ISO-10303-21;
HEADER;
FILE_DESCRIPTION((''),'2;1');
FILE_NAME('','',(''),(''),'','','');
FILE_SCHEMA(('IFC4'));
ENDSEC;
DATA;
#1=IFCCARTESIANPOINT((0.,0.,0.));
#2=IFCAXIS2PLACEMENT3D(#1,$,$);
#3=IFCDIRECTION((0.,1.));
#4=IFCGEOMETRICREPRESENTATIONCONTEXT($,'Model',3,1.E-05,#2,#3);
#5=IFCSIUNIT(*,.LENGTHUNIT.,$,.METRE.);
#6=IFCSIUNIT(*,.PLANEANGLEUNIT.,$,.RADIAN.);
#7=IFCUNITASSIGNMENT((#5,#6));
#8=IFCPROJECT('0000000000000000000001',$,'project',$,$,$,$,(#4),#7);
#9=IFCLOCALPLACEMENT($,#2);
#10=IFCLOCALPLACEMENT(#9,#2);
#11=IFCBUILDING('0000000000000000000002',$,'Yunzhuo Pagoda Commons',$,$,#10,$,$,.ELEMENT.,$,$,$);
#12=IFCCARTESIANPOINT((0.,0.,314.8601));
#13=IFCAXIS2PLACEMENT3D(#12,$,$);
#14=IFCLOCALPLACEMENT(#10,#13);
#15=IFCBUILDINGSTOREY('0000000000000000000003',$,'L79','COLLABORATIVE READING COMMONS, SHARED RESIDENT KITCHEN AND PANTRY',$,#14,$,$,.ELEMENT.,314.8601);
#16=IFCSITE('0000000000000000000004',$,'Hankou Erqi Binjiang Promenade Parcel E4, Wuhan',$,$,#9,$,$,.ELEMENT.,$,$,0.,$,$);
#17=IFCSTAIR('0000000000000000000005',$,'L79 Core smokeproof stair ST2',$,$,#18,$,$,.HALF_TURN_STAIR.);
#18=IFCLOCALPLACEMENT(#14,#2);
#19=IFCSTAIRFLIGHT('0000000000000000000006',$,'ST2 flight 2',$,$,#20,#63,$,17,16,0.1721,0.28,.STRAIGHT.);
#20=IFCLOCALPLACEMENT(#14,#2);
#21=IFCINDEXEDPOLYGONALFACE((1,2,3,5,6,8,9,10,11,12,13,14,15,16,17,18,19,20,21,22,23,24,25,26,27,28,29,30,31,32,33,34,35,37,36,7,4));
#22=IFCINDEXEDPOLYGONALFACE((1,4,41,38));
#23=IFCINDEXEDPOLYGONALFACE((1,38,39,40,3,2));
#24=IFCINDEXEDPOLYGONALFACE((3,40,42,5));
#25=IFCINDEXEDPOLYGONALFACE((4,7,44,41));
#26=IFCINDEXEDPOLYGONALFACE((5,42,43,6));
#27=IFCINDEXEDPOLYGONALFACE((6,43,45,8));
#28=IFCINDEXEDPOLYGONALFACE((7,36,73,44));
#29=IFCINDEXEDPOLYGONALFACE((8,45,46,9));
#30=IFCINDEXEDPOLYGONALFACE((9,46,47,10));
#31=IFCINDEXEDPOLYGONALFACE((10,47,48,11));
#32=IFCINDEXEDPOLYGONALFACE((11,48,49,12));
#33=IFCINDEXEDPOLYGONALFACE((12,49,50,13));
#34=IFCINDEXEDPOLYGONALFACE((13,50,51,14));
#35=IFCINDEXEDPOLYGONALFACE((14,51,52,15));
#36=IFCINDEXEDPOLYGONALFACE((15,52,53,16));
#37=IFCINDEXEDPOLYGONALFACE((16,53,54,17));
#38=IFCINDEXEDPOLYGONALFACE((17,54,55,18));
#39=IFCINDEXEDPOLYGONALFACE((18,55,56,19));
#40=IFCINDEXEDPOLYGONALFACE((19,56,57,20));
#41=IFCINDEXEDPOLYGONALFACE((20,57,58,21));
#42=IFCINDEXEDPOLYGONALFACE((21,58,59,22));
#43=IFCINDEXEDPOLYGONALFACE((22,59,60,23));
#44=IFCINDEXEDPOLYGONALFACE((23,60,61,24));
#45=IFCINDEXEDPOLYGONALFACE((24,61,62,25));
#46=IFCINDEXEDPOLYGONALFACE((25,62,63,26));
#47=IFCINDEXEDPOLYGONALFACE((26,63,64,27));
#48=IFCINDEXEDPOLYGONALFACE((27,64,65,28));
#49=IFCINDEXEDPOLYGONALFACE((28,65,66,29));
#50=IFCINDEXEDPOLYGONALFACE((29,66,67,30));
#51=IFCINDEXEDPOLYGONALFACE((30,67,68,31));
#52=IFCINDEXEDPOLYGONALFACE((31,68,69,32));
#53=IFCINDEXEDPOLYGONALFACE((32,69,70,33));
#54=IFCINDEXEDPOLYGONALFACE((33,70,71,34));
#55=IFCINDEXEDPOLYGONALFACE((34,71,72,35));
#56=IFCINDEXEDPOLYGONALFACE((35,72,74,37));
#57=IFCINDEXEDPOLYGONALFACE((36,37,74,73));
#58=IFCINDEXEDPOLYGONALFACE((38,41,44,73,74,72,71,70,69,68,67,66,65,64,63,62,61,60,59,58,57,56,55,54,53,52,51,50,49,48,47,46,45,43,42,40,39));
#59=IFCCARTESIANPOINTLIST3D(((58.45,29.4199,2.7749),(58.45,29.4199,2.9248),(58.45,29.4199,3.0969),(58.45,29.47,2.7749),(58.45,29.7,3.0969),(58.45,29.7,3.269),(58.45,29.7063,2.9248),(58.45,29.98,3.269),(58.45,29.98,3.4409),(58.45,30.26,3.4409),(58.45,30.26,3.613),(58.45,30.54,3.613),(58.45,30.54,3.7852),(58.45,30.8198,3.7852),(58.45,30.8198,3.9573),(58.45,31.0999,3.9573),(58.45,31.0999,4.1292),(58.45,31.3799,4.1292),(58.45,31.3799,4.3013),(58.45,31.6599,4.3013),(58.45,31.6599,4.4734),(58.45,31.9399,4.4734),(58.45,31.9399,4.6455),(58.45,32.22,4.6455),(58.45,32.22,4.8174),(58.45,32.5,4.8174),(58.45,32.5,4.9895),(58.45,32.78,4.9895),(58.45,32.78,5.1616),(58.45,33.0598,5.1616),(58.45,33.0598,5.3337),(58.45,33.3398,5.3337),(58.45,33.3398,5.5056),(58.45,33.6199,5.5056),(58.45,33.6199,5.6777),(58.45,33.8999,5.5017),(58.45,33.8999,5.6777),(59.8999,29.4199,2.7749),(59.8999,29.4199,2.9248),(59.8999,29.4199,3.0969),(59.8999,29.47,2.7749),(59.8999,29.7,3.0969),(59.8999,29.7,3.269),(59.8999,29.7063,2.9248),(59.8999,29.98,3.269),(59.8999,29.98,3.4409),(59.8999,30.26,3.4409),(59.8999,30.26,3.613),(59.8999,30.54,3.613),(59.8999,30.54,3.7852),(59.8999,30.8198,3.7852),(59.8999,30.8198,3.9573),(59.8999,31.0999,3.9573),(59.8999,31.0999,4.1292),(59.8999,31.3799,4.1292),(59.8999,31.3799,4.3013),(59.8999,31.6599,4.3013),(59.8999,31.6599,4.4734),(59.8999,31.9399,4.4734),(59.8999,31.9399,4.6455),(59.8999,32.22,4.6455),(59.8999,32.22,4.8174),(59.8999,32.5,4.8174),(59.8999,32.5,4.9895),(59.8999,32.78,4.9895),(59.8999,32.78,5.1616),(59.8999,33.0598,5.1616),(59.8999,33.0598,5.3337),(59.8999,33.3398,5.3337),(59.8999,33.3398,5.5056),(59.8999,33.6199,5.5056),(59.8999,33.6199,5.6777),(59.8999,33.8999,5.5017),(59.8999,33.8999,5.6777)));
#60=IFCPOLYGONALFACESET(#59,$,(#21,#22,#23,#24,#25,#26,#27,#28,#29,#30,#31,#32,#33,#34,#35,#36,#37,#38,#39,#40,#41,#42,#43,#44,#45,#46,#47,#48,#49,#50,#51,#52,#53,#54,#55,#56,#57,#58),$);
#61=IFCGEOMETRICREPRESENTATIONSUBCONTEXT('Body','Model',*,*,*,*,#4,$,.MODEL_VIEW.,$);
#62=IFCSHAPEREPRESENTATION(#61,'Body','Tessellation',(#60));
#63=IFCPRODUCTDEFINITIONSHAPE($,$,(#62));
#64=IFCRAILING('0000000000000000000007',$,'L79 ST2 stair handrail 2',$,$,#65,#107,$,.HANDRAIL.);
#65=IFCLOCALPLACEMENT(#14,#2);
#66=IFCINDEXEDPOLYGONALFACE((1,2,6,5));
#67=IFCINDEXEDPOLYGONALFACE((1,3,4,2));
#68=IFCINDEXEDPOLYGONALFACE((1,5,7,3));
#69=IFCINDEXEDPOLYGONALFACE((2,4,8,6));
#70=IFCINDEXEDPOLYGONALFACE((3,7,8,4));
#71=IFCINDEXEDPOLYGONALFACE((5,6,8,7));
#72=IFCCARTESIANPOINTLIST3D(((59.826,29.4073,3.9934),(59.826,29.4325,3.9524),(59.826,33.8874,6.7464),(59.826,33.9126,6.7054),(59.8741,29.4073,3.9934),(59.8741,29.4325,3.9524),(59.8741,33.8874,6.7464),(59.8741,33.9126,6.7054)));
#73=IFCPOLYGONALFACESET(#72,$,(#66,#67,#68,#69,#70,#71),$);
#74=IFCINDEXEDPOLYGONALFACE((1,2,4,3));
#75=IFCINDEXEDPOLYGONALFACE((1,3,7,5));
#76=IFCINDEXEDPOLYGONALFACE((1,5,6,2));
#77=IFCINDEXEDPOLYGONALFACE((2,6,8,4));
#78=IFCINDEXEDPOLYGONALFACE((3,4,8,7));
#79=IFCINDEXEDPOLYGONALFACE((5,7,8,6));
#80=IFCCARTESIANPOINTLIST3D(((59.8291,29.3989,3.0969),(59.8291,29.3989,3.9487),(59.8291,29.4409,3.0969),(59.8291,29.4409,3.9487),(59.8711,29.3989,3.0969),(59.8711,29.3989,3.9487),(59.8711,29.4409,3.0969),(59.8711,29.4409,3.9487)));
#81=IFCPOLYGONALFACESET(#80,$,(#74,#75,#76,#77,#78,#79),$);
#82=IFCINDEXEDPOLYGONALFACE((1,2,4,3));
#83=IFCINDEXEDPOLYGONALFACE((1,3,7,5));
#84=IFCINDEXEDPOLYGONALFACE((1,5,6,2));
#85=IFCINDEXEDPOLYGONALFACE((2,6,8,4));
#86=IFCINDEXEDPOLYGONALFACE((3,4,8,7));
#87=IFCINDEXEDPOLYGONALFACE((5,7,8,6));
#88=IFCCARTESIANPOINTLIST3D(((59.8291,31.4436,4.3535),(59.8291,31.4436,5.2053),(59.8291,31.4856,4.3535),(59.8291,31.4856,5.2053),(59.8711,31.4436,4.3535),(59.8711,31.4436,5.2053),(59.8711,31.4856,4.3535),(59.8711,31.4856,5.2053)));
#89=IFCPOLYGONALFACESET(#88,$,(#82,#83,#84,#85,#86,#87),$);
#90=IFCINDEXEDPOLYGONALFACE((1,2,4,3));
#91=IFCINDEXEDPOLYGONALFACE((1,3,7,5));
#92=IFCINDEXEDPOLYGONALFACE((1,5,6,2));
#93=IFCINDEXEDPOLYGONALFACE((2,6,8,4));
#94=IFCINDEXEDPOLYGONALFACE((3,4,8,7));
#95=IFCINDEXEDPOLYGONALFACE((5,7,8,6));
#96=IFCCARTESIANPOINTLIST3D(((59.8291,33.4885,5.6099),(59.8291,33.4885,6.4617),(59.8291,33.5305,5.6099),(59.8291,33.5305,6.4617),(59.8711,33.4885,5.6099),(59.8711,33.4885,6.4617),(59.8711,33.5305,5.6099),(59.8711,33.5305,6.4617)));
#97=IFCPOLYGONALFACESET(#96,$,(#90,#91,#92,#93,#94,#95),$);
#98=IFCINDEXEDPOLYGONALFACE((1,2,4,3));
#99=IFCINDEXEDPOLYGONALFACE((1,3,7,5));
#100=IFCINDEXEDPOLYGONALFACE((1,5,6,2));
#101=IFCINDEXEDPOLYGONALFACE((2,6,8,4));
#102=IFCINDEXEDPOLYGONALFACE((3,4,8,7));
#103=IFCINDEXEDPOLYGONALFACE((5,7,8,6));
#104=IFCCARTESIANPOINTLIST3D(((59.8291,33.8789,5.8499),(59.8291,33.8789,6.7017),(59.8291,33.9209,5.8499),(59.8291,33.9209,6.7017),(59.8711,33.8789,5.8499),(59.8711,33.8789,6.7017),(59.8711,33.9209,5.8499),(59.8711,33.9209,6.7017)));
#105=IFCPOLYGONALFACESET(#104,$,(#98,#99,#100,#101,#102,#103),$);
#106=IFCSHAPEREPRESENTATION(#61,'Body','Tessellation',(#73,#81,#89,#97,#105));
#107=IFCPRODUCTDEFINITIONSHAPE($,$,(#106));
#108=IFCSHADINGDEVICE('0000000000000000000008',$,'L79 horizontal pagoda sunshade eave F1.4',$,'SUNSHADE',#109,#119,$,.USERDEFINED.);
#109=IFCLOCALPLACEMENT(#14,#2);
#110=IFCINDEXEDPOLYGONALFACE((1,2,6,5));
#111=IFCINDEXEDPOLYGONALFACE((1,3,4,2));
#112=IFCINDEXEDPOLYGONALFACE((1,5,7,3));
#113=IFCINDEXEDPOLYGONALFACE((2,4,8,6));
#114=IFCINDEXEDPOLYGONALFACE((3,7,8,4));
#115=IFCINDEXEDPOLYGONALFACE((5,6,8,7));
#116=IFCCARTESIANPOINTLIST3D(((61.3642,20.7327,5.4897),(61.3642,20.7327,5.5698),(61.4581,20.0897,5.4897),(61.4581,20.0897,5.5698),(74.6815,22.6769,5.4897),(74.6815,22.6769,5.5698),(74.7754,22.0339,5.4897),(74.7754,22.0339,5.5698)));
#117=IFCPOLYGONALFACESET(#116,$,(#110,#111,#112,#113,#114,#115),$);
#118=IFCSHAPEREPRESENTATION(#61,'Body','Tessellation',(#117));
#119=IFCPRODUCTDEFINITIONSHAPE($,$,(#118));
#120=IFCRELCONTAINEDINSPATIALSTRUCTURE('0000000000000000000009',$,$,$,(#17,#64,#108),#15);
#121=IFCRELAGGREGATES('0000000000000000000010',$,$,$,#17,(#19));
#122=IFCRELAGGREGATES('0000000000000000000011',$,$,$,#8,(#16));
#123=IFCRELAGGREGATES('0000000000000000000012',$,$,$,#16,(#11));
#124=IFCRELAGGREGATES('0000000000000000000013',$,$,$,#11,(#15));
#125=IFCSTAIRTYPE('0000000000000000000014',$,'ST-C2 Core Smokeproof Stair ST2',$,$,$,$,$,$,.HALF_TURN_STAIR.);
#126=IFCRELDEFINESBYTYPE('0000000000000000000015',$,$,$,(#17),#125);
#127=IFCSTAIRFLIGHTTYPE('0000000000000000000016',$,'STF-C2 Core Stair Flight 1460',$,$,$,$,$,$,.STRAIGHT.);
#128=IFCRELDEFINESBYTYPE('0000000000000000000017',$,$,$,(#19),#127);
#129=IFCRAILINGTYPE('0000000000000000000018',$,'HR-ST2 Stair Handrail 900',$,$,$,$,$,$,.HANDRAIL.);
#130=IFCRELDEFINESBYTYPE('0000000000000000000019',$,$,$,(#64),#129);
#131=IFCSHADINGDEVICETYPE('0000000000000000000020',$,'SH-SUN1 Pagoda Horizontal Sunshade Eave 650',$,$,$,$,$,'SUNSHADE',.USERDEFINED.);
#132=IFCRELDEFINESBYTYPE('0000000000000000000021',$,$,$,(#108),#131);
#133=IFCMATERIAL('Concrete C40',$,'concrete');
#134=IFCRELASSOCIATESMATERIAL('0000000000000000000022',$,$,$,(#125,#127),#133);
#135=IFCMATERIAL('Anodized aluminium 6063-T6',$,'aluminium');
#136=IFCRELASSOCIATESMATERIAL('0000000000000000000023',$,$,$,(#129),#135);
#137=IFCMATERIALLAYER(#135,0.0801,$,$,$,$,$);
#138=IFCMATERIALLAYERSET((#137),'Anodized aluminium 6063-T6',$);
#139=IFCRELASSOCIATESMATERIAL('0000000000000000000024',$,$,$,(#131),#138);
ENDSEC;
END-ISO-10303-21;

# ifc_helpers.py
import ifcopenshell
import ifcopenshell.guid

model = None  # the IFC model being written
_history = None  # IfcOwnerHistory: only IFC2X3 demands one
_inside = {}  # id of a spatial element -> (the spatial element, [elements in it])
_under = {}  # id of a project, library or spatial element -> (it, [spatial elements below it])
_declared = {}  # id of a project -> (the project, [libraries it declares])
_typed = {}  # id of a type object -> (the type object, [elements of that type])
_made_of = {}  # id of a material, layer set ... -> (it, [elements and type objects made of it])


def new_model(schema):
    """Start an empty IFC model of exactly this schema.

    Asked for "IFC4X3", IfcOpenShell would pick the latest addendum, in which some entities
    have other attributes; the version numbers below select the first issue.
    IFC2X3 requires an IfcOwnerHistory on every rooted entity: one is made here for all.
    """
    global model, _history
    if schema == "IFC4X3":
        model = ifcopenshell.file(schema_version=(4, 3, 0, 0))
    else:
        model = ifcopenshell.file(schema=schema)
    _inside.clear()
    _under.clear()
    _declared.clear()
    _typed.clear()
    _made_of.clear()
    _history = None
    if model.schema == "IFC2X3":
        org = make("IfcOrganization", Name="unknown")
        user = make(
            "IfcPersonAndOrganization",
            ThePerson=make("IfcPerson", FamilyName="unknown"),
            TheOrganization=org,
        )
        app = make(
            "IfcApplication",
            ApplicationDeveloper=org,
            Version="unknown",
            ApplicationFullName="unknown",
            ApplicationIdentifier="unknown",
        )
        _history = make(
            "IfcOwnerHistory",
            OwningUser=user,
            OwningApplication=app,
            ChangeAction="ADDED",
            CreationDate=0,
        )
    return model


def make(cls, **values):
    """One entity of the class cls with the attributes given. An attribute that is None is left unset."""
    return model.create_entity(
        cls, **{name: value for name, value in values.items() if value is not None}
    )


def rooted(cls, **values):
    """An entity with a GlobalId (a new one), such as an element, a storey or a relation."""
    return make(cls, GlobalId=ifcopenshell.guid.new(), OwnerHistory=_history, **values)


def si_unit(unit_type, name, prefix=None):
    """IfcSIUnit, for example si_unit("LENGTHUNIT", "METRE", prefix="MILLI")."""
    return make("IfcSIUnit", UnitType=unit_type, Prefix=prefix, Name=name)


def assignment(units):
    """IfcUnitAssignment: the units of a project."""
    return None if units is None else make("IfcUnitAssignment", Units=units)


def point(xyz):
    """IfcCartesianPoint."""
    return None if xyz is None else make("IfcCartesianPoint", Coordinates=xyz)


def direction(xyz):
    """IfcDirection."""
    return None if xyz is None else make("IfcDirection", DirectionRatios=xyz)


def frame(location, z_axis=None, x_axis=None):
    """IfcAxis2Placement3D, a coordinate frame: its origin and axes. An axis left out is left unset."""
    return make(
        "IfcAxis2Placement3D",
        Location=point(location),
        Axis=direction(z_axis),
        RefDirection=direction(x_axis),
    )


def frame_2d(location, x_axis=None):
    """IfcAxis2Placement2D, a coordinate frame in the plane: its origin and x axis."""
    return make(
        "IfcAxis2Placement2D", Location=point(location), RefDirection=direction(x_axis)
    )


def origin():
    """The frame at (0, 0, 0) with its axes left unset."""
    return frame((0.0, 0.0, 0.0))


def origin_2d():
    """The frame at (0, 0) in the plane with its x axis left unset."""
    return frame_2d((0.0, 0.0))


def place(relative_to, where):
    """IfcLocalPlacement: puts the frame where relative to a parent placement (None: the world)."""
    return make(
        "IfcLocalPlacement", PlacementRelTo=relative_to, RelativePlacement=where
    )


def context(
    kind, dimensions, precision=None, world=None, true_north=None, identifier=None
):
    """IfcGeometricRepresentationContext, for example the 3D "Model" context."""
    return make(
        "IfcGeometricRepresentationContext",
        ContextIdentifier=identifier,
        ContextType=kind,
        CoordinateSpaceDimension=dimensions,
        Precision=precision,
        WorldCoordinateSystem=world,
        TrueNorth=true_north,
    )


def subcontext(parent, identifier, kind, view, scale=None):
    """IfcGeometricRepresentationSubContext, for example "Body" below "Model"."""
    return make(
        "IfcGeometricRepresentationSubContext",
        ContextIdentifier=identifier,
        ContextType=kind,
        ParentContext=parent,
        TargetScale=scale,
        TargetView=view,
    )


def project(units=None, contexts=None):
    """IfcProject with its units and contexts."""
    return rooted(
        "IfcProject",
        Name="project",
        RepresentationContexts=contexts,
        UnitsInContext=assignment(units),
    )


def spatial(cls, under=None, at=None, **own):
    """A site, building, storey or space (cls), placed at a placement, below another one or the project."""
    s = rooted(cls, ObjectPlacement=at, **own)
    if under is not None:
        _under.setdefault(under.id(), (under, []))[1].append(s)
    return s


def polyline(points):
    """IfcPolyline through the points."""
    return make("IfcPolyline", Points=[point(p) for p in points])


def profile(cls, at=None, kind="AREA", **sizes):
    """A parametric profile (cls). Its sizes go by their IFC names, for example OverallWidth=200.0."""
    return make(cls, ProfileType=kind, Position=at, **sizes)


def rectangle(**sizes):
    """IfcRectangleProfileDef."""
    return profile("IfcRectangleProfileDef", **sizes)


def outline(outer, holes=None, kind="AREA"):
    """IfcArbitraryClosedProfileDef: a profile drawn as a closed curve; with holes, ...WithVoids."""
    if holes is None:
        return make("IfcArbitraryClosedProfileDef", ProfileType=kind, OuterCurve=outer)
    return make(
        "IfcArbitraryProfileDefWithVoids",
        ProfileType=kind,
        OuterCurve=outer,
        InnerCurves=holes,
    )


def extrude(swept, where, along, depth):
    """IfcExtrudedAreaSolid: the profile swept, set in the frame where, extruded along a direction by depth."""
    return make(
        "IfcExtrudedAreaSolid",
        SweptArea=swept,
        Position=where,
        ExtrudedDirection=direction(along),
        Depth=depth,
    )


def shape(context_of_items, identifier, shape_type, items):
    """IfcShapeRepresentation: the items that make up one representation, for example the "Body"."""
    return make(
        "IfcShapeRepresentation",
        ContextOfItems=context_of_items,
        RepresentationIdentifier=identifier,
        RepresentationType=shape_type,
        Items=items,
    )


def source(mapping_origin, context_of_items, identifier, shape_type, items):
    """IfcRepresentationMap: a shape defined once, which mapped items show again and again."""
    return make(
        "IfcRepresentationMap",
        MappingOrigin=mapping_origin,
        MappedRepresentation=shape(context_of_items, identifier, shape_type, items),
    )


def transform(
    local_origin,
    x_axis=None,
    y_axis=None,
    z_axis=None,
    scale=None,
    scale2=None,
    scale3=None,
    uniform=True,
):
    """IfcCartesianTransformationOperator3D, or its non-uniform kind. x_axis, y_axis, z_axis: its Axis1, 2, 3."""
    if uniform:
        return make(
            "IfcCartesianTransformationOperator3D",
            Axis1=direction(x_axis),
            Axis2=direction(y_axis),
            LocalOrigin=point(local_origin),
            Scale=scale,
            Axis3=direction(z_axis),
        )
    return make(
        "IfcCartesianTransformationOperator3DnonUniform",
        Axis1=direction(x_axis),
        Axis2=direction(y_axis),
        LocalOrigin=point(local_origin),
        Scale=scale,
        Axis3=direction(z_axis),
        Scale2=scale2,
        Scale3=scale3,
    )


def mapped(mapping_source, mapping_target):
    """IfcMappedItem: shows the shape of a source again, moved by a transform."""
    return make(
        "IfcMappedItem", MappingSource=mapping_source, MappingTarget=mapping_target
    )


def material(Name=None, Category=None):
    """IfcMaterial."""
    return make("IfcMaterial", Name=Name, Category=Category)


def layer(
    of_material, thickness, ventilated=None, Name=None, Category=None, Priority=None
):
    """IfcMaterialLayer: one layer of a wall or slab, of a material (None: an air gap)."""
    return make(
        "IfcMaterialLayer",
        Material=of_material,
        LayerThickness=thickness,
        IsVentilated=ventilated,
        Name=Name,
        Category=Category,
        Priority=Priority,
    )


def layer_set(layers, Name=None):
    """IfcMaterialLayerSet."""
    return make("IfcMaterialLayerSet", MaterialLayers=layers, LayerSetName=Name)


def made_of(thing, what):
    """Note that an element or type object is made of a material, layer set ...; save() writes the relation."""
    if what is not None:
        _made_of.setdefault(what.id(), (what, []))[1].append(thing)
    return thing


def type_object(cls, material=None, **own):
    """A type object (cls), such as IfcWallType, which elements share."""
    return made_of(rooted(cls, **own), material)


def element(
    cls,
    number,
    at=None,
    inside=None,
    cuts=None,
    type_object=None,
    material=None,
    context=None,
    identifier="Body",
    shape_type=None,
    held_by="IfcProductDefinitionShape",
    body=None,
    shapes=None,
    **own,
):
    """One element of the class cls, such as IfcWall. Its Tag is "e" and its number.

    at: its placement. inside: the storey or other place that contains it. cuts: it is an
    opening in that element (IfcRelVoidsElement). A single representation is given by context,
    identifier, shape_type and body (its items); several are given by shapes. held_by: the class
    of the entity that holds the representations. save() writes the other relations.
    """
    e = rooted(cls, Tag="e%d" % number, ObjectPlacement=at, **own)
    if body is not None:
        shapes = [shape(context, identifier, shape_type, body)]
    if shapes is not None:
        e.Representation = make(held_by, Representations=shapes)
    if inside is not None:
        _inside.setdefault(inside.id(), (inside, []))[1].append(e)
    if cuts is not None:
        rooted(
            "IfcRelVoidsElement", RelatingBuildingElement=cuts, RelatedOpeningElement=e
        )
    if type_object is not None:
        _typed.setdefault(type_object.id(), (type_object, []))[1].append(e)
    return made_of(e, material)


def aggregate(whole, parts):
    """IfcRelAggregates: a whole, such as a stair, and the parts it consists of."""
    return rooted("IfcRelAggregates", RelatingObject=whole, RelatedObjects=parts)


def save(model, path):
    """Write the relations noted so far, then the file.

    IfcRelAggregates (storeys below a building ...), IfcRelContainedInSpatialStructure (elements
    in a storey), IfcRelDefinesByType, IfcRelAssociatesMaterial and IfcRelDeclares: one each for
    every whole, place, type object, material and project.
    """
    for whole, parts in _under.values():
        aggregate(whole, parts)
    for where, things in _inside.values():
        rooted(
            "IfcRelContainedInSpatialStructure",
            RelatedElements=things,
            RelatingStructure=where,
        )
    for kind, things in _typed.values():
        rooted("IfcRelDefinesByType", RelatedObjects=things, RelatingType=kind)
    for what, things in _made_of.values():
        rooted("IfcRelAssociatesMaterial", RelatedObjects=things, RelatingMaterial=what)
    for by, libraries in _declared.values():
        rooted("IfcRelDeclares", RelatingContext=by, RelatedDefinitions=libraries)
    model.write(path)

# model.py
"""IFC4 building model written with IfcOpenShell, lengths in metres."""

from ifc_helpers import new_model, si_unit, direction, frame, origin, origin_2d, place, context, subcontext, project, spatial, polyline, rectangle, outline, extrude, source, transform, mapped, material, layer, layer_set, type_object, element, aggregate, save


model = new_model("IFC4")

# Units and contexts
model_context = context("Model", 3, precision=1e-05, world=origin(), true_north=direction((0.0, 1.0)))
body_context = subcontext(model_context, "Body", "Model", "MODEL_VIEW")
ifc_project = project(units=[si_unit("LENGTHUNIT", "METRE"), si_unit("PLANEANGLEUNIT", "RADIAN")], contexts=[model_context])

# Site, building, storey
site_placement = place(None, origin())
site = spatial("IfcSite", under=ifc_project, at=site_placement, Name="Hankou Erqi Binjiang Promenade Parcel E4, Wuhan", CompositionType="ELEMENT", RefElevation=0.0)
building_placement = place(site_placement, origin())
building = spatial("IfcBuilding", under=site, at=building_placement, Name="Yunzhuo Pagoda Commons", CompositionType="ELEMENT")
storey_placement = place(building_placement, frame((0.0, 0.0, 314.8601)))
storey = spatial("IfcBuildingStorey", under=building, at=storey_placement, Name="L79", Description="COLLABORATIVE READING COMMONS, SHARED RESIDENT KITCHEN AND PANTRY", CompositionType="ELEMENT", Elevation=314.8601)

# Shared definitions
ifc_material_1 = material(Name="Anodized aluminium 6063-T6", Category="aluminium")

# Stair, stair flight
ifc_material_2 = material(Name="Concrete C40", Category="concrete")
stair_type = type_object("IfcStairType", Name="ST-C2 Core Smokeproof Stair ST2", PredefinedType="HALF_TURN_STAIR", material=ifc_material_2)
stair_placement = place(storey_placement, origin())
stair = element("IfcStair", 1, at=stair_placement, inside=storey, type_object=stair_type, Name="L79 Core smokeproof stair ST2", PredefinedType="HALF_TURN_STAIR")
stair_flight_type = type_object("IfcStairFlightType", Name="STF-C2 Core Stair Flight 1460", PredefinedType="STRAIGHT", material=ifc_material_2)
shared_shape_1 = source(origin(), body_context, "Body", "SweptSolid", [
    extrude(outline(polyline([(0.0, -0.1499), (0.0, 0.0), (0.0, 0.1721), (0.28, 0.1721), (0.28, 0.3442), (0.5601, 0.3442), (0.5601, 0.5161), (0.8401, 0.5161), (0.8401, 0.6882), (1.1201, 0.6882), (1.1201, 0.8604), (1.3999, 0.8604), (1.3999, 1.0325), (1.6799, 1.0325), (1.6799, 1.2043), (1.96, 1.2043), (1.96, 1.3765), (2.24, 1.3765), (2.24, 1.5486), (2.52, 1.5486), (2.52, 1.7207), (2.8, 1.7207), (2.8, 1.8926), (3.0801, 1.8926), (3.0801, 2.0647), (3.3601, 2.0647), (3.3601, 2.2368), (3.6399, 2.2368), (3.6399, 2.4089), (3.9199, 2.4089), (3.9199, 2.5808), (4.2, 2.5808), (4.2, 2.7529), (4.48, 2.7529), (4.48, 2.925), (4.48, 2.5769), (0.2864, 0.0), (0.05, -0.1499), (0.0, -0.1499)])), frame((0.0, 0.7251, 0.0), z_axis=(0.0, -1.0, 0.0), x_axis=(1.0, 0.0, 0.0)), (0.0, 0.0, 1.0), 1.45),
])
stair_flight_placement = place(storey_placement, frame((59.175, 29.4199, 2.9248), z_axis=(0.0, 0.0, 1.0), x_axis=(0.0, 1.0, 0.0)))
stair_flight = element("IfcStairFlight", 2, at=stair_flight_placement, type_object=stair_flight_type, Name="ST2 flight 2", NumberOfRisers=17, NumberOfTreads=16, PredefinedType="STRAIGHT", RiserHeight=0.1721, TreadLength=0.28, context=body_context, shape_type="MappedRepresentation", body=[
    mapped(shared_shape_1, transform((0.0, 0.0, 0.0), scale=1.0)),
])
aggregate(stair, [stair_flight])

# Railing
railing_type = type_object("IfcRailingType", Name="HR-ST2 Stair Handrail 900", PredefinedType="HANDRAIL", material=ifc_material_1)
railing_placement = place(storey_placement, frame((59.8501, 29.4199, 3.0969)))
element("IfcRailing", 3, at=railing_placement, inside=storey, type_object=railing_type, Name="L79 ST2 stair handrail 2", PredefinedType="HANDRAIL", context=body_context, shape_type="SweptSolid", body=[
    extrude(rectangle(XDim=0.0481, YDim=0.0481, at=origin_2d()), frame((0.0, 0.0, 0.876), z_axis=(0.0, 0.851996, 0.523548), x_axis=(-1.0, 0.0, 0.0)), (0.0, 0.0, 1.0), 5.2583),
    extrude(rectangle(XDim=0.042, YDim=0.042, at=origin_2d()), origin(), (0.0, 0.0, 1.0), 0.8518),
    extrude(rectangle(XDim=0.042, YDim=0.042, at=origin_2d()), frame((0.0, 2.0447, 1.2566)), (0.0, 0.0, 1.0), 0.8518),
    extrude(rectangle(XDim=0.042, YDim=0.042, at=origin_2d()), frame((0.0, 4.0896, 2.5129)), (0.0, 0.0, 1.0), 0.8518),
    extrude(rectangle(XDim=0.042, YDim=0.042, at=origin_2d()), frame((0.0, 4.48, 2.7529)), (0.0, 0.0, 1.0), 0.8518),
])

# Shading device
ifc_layer_1 = layer(ifc_material_1, 0.0801)
ifc_layer_set_1 = layer_set([ifc_layer_1], Name="Anodized aluminium 6063-T6")
shading_device_type = type_object("IfcShadingDeviceType", Name="SH-SUN1 Pagoda Horizontal Sunshade Eave 650", ElementType="SUNSHADE", PredefinedType="USERDEFINED", material=ifc_layer_set_1)
shared_shape_2 = source(origin(), body_context, "Body", "SweptSolid", [
    extrude(rectangle(XDim=13.4585, YDim=0.6499, at=origin_2d()), origin(), (0.0, 0.0, 1.0), 0.0801),
])
shading_device_placement = place(storey_placement, frame((68.0698, 21.3833, 5.4897), z_axis=(0.0, 0.0, 1.0), x_axis=(0.989511, 0.14446, 0.0)))
element("IfcShadingDevice", 4, at=shading_device_placement, inside=storey, type_object=shading_device_type, Name="L79 horizontal pagoda sunshade eave F1.4", ObjectType="SUNSHADE", PredefinedType="USERDEFINED", context=body_context, shape_type="MappedRepresentation", body=[
    mapped(shared_shape_2, transform((0.0, 0.0, 0.0), scale=1.0)),
])

save(model, "model.ifc")
